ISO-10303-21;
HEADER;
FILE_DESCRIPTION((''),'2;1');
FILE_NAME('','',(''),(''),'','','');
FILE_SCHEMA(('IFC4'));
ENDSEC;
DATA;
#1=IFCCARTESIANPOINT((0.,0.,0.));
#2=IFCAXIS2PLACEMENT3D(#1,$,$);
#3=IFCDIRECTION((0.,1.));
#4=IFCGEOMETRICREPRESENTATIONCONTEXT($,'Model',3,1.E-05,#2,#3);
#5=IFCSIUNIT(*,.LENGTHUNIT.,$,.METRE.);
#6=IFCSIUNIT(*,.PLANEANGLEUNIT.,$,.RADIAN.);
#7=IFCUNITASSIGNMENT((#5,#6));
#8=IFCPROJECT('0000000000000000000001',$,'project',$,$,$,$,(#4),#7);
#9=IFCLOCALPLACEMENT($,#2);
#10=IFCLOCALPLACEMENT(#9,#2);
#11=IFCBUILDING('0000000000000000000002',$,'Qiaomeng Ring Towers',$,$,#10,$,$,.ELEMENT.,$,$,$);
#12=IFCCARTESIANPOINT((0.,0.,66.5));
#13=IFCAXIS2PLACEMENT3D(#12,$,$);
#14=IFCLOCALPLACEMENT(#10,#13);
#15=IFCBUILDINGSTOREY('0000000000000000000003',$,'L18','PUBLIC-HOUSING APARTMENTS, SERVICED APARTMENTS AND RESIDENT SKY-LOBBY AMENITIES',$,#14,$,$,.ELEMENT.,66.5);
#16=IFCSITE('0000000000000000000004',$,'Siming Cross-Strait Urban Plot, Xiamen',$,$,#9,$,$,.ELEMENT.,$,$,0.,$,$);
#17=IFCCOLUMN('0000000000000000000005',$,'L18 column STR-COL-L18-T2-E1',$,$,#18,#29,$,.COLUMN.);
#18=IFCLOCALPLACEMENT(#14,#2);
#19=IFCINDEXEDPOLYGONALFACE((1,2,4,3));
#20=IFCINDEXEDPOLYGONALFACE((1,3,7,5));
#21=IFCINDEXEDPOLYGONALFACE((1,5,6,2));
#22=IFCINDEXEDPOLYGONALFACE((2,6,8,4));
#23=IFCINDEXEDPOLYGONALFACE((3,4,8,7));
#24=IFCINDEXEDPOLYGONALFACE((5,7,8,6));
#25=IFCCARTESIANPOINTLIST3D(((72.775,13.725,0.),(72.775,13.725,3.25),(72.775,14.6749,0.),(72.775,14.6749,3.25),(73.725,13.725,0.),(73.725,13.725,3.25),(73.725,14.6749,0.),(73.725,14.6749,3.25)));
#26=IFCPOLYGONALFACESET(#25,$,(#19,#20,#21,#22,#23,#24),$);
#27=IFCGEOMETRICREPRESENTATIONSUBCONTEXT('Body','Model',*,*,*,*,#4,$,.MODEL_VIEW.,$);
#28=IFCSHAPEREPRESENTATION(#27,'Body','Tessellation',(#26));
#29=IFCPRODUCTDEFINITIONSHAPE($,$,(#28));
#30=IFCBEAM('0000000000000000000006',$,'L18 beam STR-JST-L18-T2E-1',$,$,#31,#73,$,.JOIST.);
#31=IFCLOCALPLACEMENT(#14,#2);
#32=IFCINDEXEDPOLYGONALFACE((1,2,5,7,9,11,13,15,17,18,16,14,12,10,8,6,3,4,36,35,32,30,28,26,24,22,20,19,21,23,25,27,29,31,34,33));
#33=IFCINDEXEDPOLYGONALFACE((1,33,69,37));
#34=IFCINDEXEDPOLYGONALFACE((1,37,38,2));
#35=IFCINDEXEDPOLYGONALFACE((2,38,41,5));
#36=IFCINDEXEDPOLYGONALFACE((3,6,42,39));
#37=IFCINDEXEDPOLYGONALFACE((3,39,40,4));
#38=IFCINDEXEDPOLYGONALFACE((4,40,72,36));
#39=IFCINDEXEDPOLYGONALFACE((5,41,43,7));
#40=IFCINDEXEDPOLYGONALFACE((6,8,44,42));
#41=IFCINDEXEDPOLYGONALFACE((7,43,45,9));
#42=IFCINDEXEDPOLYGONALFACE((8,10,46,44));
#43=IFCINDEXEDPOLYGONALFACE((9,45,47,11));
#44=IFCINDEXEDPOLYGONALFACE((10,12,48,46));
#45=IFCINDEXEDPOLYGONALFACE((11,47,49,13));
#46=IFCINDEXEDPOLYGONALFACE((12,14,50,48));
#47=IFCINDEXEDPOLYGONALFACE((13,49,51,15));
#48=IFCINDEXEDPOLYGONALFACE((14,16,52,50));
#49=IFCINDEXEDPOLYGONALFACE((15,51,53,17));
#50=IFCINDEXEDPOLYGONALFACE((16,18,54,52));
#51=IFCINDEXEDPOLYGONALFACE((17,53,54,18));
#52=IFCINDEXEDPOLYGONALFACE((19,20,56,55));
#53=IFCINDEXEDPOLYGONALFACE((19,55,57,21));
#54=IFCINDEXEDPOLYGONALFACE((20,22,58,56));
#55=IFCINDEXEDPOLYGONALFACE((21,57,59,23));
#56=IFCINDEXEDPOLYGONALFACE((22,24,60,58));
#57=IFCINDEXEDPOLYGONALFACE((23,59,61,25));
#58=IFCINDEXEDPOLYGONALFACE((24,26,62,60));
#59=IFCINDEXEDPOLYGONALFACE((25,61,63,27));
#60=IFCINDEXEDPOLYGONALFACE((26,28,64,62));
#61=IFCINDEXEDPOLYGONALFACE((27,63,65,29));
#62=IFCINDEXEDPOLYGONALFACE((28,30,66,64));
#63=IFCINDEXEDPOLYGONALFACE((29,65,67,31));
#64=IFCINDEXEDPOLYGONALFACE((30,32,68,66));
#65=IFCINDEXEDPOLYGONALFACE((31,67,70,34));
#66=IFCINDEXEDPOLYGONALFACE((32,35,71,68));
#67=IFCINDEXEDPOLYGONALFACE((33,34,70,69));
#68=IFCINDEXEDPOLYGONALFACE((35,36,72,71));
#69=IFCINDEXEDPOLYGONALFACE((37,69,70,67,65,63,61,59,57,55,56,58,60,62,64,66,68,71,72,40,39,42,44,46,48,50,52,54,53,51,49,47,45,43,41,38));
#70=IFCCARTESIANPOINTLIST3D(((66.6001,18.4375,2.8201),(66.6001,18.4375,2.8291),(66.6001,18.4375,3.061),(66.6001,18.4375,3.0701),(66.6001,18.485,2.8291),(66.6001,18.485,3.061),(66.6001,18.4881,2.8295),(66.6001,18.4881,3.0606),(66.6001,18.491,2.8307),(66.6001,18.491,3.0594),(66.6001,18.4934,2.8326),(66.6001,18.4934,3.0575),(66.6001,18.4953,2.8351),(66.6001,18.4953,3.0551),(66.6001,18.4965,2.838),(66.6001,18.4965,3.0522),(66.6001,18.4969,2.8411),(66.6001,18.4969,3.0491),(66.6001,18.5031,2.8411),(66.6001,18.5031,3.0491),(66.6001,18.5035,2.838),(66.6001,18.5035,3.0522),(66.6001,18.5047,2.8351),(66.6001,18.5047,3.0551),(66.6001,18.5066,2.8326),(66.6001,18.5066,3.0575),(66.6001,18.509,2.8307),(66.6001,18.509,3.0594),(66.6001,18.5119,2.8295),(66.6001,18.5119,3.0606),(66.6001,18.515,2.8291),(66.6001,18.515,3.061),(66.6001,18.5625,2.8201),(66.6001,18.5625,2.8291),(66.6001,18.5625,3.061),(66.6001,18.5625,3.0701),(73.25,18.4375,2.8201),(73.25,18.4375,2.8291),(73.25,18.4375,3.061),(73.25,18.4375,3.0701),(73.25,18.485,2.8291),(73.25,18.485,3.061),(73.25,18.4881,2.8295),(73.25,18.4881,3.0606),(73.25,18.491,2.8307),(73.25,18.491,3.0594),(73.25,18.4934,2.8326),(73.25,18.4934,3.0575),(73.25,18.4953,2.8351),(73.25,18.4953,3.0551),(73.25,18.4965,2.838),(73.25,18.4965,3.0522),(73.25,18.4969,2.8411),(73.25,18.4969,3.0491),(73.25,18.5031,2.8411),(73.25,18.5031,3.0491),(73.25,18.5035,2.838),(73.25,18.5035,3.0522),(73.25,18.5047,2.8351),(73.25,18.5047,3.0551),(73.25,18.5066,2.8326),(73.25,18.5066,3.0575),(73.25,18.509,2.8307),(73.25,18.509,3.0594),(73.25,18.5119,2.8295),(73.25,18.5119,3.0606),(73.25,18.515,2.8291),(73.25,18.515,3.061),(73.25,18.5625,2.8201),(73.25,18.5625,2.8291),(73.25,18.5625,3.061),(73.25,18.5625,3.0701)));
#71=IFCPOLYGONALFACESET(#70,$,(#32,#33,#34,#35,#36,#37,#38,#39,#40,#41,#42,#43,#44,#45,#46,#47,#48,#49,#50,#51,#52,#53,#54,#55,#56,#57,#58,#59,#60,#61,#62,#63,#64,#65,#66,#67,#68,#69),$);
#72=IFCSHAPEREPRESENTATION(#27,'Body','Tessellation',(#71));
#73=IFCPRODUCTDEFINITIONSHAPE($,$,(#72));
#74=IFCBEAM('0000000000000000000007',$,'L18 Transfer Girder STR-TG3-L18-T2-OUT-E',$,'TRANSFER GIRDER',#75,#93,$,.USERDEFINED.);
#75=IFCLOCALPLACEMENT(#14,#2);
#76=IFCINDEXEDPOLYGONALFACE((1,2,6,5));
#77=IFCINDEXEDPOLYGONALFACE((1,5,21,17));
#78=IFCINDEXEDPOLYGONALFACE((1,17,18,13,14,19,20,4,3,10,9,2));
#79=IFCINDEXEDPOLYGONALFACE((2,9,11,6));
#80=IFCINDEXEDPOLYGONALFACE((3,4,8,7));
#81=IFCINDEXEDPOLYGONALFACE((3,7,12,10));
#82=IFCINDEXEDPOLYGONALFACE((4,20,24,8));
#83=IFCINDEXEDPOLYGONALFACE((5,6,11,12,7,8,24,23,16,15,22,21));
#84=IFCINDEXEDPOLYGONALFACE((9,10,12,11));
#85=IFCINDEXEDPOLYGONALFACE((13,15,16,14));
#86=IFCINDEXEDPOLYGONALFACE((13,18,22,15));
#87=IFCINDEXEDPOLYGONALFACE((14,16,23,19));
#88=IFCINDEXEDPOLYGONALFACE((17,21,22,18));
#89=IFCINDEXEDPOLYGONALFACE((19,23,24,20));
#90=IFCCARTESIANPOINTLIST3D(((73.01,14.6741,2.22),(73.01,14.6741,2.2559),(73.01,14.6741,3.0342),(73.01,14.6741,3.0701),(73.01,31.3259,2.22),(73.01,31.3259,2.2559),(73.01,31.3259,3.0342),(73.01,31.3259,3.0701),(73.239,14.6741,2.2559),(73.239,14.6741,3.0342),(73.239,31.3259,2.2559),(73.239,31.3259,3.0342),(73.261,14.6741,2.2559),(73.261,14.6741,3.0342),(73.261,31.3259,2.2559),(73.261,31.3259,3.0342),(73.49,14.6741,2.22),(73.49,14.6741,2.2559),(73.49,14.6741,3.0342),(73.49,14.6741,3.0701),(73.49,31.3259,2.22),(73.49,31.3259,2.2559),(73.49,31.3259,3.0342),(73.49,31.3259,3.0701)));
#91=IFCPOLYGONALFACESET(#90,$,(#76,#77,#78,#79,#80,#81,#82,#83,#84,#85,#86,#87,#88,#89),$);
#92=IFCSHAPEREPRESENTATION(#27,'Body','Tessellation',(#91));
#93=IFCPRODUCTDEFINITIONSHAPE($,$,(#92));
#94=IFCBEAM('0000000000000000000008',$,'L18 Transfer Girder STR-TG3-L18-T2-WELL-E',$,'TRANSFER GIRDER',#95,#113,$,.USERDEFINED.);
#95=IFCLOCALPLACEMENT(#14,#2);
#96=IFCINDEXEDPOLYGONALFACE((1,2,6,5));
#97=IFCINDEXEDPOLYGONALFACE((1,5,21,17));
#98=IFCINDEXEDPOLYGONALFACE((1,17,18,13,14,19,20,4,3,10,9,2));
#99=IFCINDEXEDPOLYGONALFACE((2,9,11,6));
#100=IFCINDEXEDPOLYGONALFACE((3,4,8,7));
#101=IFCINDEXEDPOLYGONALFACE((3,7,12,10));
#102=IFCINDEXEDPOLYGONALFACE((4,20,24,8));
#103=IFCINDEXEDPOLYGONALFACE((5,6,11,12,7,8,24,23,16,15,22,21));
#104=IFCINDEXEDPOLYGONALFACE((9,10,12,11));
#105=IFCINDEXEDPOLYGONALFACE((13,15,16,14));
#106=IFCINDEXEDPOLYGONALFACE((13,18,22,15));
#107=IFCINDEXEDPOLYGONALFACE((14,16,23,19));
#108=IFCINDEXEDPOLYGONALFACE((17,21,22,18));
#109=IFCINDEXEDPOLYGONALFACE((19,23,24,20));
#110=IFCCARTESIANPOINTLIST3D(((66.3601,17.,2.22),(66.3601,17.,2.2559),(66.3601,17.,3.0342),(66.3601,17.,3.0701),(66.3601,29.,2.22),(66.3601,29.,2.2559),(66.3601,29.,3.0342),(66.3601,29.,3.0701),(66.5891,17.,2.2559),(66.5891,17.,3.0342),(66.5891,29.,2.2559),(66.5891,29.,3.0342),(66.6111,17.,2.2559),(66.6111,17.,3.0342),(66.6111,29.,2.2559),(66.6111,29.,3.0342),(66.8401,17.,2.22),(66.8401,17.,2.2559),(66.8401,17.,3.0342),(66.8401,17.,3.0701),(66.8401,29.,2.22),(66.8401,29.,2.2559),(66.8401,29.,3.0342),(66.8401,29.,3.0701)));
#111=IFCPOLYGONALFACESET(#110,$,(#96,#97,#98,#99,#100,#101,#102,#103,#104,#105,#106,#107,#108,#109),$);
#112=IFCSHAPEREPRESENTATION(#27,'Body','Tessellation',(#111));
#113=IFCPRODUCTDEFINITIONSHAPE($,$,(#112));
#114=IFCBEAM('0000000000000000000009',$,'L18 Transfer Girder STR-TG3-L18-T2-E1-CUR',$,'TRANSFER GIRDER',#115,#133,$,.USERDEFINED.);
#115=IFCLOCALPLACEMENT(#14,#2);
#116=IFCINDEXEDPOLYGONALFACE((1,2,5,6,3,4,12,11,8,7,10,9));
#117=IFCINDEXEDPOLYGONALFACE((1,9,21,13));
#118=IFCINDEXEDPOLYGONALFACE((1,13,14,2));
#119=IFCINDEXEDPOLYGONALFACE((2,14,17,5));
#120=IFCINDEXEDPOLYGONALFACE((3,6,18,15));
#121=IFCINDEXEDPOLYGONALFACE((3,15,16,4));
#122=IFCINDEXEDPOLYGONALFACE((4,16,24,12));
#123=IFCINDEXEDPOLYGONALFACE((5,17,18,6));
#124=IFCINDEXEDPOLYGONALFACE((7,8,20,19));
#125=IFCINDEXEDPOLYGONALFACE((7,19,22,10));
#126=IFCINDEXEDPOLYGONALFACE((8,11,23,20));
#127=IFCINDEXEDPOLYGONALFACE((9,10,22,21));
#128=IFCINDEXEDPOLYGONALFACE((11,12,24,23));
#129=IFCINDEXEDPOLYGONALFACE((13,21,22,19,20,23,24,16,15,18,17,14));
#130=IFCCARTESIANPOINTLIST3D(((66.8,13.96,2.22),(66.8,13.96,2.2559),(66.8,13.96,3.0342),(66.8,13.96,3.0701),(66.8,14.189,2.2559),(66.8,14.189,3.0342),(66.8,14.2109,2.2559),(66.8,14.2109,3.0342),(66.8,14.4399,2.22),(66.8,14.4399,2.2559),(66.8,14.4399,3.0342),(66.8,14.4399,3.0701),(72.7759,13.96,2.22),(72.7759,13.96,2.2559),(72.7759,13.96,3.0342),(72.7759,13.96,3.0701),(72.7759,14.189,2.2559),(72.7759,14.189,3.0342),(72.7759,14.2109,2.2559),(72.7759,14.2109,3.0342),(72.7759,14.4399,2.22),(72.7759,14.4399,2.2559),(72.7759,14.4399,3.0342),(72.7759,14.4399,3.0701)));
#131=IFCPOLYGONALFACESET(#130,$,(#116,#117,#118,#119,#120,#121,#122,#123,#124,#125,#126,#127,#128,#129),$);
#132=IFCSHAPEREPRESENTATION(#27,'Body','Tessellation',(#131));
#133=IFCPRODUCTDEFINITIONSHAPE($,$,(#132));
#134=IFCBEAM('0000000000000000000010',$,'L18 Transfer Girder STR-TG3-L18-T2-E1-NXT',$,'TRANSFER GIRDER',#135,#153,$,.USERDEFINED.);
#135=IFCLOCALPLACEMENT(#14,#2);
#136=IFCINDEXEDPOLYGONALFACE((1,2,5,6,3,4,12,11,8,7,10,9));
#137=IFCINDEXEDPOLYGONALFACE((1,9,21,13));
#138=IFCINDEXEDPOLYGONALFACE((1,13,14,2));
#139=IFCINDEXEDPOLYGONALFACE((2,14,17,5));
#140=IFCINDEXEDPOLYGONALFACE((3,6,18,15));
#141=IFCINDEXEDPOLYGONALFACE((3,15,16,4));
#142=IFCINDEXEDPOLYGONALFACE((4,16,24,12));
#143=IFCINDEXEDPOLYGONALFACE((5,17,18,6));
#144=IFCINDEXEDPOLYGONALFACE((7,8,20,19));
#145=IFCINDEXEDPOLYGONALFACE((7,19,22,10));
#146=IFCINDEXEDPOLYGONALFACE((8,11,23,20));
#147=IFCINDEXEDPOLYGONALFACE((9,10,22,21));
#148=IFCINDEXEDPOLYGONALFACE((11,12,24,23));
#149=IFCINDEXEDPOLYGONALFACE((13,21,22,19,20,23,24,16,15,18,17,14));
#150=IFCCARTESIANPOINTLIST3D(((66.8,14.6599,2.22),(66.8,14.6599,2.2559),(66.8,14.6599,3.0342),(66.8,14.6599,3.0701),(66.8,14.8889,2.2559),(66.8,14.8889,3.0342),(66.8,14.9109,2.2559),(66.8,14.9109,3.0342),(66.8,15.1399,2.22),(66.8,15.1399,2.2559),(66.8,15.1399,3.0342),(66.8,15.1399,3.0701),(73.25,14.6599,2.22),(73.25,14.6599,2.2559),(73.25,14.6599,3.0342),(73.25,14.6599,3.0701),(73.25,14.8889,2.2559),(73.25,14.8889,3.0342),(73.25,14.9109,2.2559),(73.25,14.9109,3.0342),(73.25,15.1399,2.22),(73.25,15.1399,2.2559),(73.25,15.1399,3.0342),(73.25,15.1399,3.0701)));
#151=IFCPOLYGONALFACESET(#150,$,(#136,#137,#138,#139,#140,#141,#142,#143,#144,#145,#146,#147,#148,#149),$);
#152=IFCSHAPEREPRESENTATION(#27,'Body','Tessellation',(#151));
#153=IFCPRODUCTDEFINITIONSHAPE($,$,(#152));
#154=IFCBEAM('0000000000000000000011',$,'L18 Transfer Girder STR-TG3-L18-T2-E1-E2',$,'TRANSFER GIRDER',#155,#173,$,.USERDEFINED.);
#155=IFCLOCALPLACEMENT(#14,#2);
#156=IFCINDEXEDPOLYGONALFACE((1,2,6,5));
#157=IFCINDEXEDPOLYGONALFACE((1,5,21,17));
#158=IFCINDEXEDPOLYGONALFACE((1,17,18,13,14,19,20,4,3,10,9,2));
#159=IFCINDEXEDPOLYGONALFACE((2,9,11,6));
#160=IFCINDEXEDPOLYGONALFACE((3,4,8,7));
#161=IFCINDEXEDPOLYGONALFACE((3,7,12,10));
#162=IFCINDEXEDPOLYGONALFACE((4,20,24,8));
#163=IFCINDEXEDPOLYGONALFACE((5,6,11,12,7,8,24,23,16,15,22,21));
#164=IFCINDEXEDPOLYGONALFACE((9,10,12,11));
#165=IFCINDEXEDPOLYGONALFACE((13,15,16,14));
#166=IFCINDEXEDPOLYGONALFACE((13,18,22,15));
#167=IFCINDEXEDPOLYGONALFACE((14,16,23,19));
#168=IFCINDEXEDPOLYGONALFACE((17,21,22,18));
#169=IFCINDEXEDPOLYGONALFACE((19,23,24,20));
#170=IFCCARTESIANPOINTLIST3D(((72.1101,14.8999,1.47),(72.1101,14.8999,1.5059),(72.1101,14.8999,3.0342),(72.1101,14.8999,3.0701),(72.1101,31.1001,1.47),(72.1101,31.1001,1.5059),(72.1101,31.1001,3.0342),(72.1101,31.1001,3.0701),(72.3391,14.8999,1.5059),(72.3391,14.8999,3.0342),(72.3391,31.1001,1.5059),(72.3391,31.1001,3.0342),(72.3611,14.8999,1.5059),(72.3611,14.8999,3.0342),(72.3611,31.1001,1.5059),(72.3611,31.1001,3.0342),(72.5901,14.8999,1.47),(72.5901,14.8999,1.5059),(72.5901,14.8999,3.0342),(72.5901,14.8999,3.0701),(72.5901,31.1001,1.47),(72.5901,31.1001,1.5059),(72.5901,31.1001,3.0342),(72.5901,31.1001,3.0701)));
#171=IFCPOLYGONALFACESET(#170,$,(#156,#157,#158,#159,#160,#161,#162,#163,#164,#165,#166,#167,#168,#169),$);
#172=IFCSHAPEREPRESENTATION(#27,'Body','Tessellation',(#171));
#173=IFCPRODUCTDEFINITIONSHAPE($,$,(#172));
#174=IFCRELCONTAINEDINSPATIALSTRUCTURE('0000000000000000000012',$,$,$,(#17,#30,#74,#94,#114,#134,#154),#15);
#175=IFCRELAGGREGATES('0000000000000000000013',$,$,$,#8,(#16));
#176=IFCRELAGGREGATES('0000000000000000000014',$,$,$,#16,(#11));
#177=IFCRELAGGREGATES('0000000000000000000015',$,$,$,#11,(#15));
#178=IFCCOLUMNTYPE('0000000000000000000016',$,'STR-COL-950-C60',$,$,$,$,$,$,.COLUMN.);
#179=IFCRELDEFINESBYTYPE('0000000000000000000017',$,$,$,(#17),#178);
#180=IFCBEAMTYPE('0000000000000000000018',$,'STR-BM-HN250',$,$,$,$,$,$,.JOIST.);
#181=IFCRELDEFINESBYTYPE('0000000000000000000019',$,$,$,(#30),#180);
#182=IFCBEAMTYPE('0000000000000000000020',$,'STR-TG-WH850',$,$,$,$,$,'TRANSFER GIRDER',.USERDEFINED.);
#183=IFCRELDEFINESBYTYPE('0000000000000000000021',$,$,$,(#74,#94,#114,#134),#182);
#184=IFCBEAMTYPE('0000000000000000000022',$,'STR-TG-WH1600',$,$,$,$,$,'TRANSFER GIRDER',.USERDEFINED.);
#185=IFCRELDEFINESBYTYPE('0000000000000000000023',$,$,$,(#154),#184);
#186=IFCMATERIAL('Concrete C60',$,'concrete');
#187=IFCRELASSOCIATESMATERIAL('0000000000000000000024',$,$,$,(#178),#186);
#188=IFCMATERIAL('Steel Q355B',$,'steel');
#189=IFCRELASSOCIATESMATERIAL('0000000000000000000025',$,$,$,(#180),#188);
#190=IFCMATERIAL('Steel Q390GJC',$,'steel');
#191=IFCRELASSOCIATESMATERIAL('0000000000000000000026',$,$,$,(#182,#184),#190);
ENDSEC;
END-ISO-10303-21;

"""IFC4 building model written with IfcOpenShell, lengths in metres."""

from ifc_helpers import new_model, si_unit, direction, frame, origin, origin_2d, place, context, subcontext, project, spatial, rectangle, i_section, extrude, source, transform, mapped, material, material_profile, profile_set, type_object, element, save


model = new_model("IFC4")

# Units and contexts
model_context = context("Model", 3, precision=1e-05, world=origin(), true_north=direction((0.0, 1.0)))
body_context = subcontext(model_context, "Body", "Model", "MODEL_VIEW")
ifc_project = project(units=[si_unit("LENGTHUNIT", "METRE"), si_unit("PLANEANGLEUNIT", "RADIAN")], contexts=[model_context])

# Site, building, storey
site_placement = place(None, origin())
site = spatial("IfcSite", under=ifc_project, at=site_placement, Name="Siming Cross-Strait Urban Plot, Xiamen", CompositionType="ELEMENT", RefElevation=0.0)
building_placement = place(site_placement, origin())
building = spatial("IfcBuilding", under=site, at=building_placement, Name="Qiaomeng Ring Towers", CompositionType="ELEMENT")
storey_placement = place(building_placement, frame((0.0, 0.0, 66.5)))
storey = spatial("IfcBuildingStorey", under=building, at=storey_placement, Name="L18", Description="PUBLIC-HOUSING APARTMENTS, SERVICED APARTMENTS AND RESIDENT SKY-LOBBY AMENITIES", CompositionType="ELEMENT", Elevation=66.5)

# Column
ifc_material_1 = material(Name="Concrete C60", Category="concrete")
ifc_material_profile_1 = material_profile(ifc_material_1, rectangle(XDim=0.95, YDim=0.95, at=origin_2d()), Name="RC COL 950x950")
ifc_profile_set_1 = profile_set([ifc_material_profile_1], Name="Concrete C60")
column_type = type_object("IfcColumnType", Name="STR-COL-950-C60", PredefinedType="COLUMN", material=ifc_profile_set_1)
shared_shape_1 = source(origin(), body_context, "Body", "SweptSolid", [
    extrude(rectangle(XDim=0.95, YDim=0.95, at=origin_2d()), origin(), (0.0, 0.0, 1.0), 3.25),
])
column_placement = place(storey_placement, frame((73.25, 14.2, 0.0), z_axis=(0.0, 0.0, 1.0), x_axis=(1.0, 0.0, 0.0)))
element("IfcColumn", 1, at=column_placement, inside=storey, type_object=column_type, Name="L18 column STR-COL-L18-T2-E1", PredefinedType="COLUMN", context=body_context, shape_type="MappedRepresentation", body=[
    mapped(shared_shape_1, transform((0.0, 0.0, 0.0), x_axis=(1.0, 0.0, 0.0), y_axis=(0.0, 1.0, 0.0), z_axis=(0.0, 0.0, 1.0), scale=1.0)),
])

# Beams
ifc_material_2 = material(Name="Steel Q355B", Category="steel")
ifc_material_profile_2 = material_profile(ifc_material_2, i_section(OverallWidth=0.125, OverallDepth=0.25, WebThickness=0.0061, FlangeThickness=0.009, FilletRadius=0.012, at=origin_2d()), Name="HN 250x125x6x9")
ifc_profile_set_2 = profile_set([ifc_material_profile_2], Name="Steel Q355B")
beam_type_1 = type_object("IfcBeamType", Name="STR-BM-HN250", PredefinedType="JOIST", material=ifc_profile_set_2)
shared_shape_2 = source(origin(), body_context, "Body", "SweptSolid", [
    extrude(i_section(OverallWidth=0.125, OverallDepth=0.25, WebThickness=0.0061, FlangeThickness=0.009, FilletRadius=0.012, at=origin_2d()), origin(), (0.0, 0.0, 1.0), 6.6499),
])
beam_1_placement = place(storey_placement, frame((66.6001, 18.5, 2.9451), z_axis=(1.0, 0.0, 0.0), x_axis=(0.0, 1.0, 0.0)))
element("IfcBeam", 2, at=beam_1_placement, inside=storey, type_object=beam_type_1, Name="L18 beam STR-JST-L18-T2E-1", PredefinedType="JOIST", context=body_context, shape_type="MappedRepresentation", body=[
    mapped(shared_shape_2, transform((0.0, 0.0, 0.0), x_axis=(1.0, 0.0, 0.0), y_axis=(0.0, 1.0, 0.0), z_axis=(0.0, 0.0, 1.0), scale=1.0)),
])
ifc_material_3 = material(Name="Steel Q390GJC", Category="steel")
ifc_material_profile_3 = material_profile(ifc_material_3, i_section(OverallWidth=0.48, OverallDepth=0.8501, WebThickness=0.022, FlangeThickness=0.0359, at=origin_2d()), Name="WH 850x480x22x36")
ifc_profile_set_3 = profile_set([ifc_material_profile_3], Name="Steel Q390GJC")
beam_type_2 = type_object("IfcBeamType", Name="STR-TG-WH850", ElementType="TRANSFER GIRDER", PredefinedType="USERDEFINED", material=ifc_profile_set_3)
shared_shape_3 = source(origin(), body_context, "Body", "SweptSolid", [
    extrude(i_section(OverallWidth=0.48, OverallDepth=0.8501, WebThickness=0.022, FlangeThickness=0.0359, at=origin_2d()), origin(), (0.0, 0.0, 1.0), 16.6519),
])
beam_2_placement = place(storey_placement, frame((73.25, 14.6741, 2.645), z_axis=(0.0, 1.0, 0.0), x_axis=(-1.0, 0.0, 0.0)))
element("IfcBeam", 3, at=beam_2_placement, inside=storey, type_object=beam_type_2, Name="L18 Transfer Girder STR-TG3-L18-T2-OUT-E", ObjectType="TRANSFER GIRDER", PredefinedType="USERDEFINED", context=body_context, shape_type="MappedRepresentation", body=[
    mapped(shared_shape_3, transform((0.0, 0.0, 0.0), x_axis=(1.0, 0.0, 0.0), y_axis=(0.0, 1.0, 0.0), z_axis=(0.0, 0.0, 1.0), scale=1.0)),
])
shared_shape_4 = source(origin(), body_context, "Body", "SweptSolid", [
    extrude(i_section(OverallWidth=0.48, OverallDepth=0.8501, WebThickness=0.022, FlangeThickness=0.0359, at=origin_2d()), origin(), (0.0, 0.0, 1.0), 12.0),
])
beam_3_placement = place(storey_placement, frame((66.6001, 17.0, 2.645), z_axis=(0.0, 1.0, 0.0), x_axis=(-1.0, 0.0, 0.0)))
element("IfcBeam", 4, at=beam_3_placement, inside=storey, type_object=beam_type_2, Name="L18 Transfer Girder STR-TG3-L18-T2-WELL-E", ObjectType="TRANSFER GIRDER", PredefinedType="USERDEFINED", context=body_context, shape_type="MappedRepresentation", body=[
    mapped(shared_shape_4, transform((0.0, 0.0, 0.0), x_axis=(1.0, 0.0, 0.0), y_axis=(0.0, 1.0, 0.0), z_axis=(0.0, 0.0, 1.0), scale=1.0)),
])
shared_shape_5 = source(origin(), body_context, "Body", "SweptSolid", [
    extrude(i_section(OverallWidth=0.48, OverallDepth=0.8501, WebThickness=0.022, FlangeThickness=0.0359, at=origin_2d()), origin(), (0.0, 0.0, 1.0), 5.9758),
])
beam_4_placement = place(storey_placement, frame((66.8, 14.2, 2.645), z_axis=(1.0, 0.0, 0.0), x_axis=(0.0, 1.0, 0.0)))
element("IfcBeam", 5, at=beam_4_placement, inside=storey, type_object=beam_type_2, Name="L18 Transfer Girder STR-TG3-L18-T2-E1-CUR", ObjectType="TRANSFER GIRDER", PredefinedType="USERDEFINED", context=body_context, shape_type="MappedRepresentation", body=[
    mapped(shared_shape_5, transform((0.0, 0.0, 0.0), x_axis=(1.0, 0.0, 0.0), y_axis=(0.0, 1.0, 0.0), z_axis=(0.0, 0.0, 1.0), scale=1.0)),
])
shared_shape_6 = source(origin(), body_context, "Body", "SweptSolid", [
    extrude(i_section(OverallWidth=0.48, OverallDepth=0.8501, WebThickness=0.022, FlangeThickness=0.0359, at=origin_2d()), origin(), (0.0, 0.0, 1.0), 6.45),
])
beam_5_placement = place(storey_placement, frame((66.8, 14.8999, 2.645), z_axis=(1.0, 0.0, 0.0), x_axis=(0.0, 1.0, 0.0)))
element("IfcBeam", 6, at=beam_5_placement, inside=storey, type_object=beam_type_2, Name="L18 Transfer Girder STR-TG3-L18-T2-E1-NXT", ObjectType="TRANSFER GIRDER", PredefinedType="USERDEFINED", context=body_context, shape_type="MappedRepresentation", body=[
    mapped(shared_shape_6, transform((0.0, 0.0, 0.0), x_axis=(1.0, 0.0, 0.0), y_axis=(0.0, 1.0, 0.0), z_axis=(0.0, 0.0, 1.0), scale=1.0)),
])
ifc_material_profile_4 = material_profile(ifc_material_3, i_section(OverallWidth=0.48, OverallDepth=1.6001, WebThickness=0.022, FlangeThickness=0.0359, at=origin_2d()), Name="WH 1600x480x22x36")
ifc_profile_set_4 = profile_set([ifc_material_profile_4], Name="Steel Q390GJC")
beam_type_3 = type_object("IfcBeamType", Name="STR-TG-WH1600", ElementType="TRANSFER GIRDER", PredefinedType="USERDEFINED", material=ifc_profile_set_4)
shared_shape_7 = source(origin(), body_context, "Body", "SweptSolid", [
    extrude(i_section(OverallWidth=0.48, OverallDepth=1.6001, WebThickness=0.022, FlangeThickness=0.0359, at=origin_2d()), origin(), (0.0, 0.0, 1.0), 16.2002),
])
beam_6_placement = place(storey_placement, frame((72.3501, 14.8999, 2.27), z_axis=(0.0, 1.0, 0.0), x_axis=(-1.0, 0.0, 0.0)))
element("IfcBeam", 7, at=beam_6_placement, inside=storey, type_object=beam_type_3, Name="L18 Transfer Girder STR-TG3-L18-T2-E1-E2", ObjectType="TRANSFER GIRDER", PredefinedType="USERDEFINED", context=body_context, shape_type="MappedRepresentation", body=[
    mapped(shared_shape_7, transform((0.0, 0.0, 0.0), x_axis=(1.0, 0.0, 0.0), y_axis=(0.0, 1.0, 0.0), z_axis=(0.0, 0.0, 1.0), scale=1.0)),
])

save(model, "model.ifc")
